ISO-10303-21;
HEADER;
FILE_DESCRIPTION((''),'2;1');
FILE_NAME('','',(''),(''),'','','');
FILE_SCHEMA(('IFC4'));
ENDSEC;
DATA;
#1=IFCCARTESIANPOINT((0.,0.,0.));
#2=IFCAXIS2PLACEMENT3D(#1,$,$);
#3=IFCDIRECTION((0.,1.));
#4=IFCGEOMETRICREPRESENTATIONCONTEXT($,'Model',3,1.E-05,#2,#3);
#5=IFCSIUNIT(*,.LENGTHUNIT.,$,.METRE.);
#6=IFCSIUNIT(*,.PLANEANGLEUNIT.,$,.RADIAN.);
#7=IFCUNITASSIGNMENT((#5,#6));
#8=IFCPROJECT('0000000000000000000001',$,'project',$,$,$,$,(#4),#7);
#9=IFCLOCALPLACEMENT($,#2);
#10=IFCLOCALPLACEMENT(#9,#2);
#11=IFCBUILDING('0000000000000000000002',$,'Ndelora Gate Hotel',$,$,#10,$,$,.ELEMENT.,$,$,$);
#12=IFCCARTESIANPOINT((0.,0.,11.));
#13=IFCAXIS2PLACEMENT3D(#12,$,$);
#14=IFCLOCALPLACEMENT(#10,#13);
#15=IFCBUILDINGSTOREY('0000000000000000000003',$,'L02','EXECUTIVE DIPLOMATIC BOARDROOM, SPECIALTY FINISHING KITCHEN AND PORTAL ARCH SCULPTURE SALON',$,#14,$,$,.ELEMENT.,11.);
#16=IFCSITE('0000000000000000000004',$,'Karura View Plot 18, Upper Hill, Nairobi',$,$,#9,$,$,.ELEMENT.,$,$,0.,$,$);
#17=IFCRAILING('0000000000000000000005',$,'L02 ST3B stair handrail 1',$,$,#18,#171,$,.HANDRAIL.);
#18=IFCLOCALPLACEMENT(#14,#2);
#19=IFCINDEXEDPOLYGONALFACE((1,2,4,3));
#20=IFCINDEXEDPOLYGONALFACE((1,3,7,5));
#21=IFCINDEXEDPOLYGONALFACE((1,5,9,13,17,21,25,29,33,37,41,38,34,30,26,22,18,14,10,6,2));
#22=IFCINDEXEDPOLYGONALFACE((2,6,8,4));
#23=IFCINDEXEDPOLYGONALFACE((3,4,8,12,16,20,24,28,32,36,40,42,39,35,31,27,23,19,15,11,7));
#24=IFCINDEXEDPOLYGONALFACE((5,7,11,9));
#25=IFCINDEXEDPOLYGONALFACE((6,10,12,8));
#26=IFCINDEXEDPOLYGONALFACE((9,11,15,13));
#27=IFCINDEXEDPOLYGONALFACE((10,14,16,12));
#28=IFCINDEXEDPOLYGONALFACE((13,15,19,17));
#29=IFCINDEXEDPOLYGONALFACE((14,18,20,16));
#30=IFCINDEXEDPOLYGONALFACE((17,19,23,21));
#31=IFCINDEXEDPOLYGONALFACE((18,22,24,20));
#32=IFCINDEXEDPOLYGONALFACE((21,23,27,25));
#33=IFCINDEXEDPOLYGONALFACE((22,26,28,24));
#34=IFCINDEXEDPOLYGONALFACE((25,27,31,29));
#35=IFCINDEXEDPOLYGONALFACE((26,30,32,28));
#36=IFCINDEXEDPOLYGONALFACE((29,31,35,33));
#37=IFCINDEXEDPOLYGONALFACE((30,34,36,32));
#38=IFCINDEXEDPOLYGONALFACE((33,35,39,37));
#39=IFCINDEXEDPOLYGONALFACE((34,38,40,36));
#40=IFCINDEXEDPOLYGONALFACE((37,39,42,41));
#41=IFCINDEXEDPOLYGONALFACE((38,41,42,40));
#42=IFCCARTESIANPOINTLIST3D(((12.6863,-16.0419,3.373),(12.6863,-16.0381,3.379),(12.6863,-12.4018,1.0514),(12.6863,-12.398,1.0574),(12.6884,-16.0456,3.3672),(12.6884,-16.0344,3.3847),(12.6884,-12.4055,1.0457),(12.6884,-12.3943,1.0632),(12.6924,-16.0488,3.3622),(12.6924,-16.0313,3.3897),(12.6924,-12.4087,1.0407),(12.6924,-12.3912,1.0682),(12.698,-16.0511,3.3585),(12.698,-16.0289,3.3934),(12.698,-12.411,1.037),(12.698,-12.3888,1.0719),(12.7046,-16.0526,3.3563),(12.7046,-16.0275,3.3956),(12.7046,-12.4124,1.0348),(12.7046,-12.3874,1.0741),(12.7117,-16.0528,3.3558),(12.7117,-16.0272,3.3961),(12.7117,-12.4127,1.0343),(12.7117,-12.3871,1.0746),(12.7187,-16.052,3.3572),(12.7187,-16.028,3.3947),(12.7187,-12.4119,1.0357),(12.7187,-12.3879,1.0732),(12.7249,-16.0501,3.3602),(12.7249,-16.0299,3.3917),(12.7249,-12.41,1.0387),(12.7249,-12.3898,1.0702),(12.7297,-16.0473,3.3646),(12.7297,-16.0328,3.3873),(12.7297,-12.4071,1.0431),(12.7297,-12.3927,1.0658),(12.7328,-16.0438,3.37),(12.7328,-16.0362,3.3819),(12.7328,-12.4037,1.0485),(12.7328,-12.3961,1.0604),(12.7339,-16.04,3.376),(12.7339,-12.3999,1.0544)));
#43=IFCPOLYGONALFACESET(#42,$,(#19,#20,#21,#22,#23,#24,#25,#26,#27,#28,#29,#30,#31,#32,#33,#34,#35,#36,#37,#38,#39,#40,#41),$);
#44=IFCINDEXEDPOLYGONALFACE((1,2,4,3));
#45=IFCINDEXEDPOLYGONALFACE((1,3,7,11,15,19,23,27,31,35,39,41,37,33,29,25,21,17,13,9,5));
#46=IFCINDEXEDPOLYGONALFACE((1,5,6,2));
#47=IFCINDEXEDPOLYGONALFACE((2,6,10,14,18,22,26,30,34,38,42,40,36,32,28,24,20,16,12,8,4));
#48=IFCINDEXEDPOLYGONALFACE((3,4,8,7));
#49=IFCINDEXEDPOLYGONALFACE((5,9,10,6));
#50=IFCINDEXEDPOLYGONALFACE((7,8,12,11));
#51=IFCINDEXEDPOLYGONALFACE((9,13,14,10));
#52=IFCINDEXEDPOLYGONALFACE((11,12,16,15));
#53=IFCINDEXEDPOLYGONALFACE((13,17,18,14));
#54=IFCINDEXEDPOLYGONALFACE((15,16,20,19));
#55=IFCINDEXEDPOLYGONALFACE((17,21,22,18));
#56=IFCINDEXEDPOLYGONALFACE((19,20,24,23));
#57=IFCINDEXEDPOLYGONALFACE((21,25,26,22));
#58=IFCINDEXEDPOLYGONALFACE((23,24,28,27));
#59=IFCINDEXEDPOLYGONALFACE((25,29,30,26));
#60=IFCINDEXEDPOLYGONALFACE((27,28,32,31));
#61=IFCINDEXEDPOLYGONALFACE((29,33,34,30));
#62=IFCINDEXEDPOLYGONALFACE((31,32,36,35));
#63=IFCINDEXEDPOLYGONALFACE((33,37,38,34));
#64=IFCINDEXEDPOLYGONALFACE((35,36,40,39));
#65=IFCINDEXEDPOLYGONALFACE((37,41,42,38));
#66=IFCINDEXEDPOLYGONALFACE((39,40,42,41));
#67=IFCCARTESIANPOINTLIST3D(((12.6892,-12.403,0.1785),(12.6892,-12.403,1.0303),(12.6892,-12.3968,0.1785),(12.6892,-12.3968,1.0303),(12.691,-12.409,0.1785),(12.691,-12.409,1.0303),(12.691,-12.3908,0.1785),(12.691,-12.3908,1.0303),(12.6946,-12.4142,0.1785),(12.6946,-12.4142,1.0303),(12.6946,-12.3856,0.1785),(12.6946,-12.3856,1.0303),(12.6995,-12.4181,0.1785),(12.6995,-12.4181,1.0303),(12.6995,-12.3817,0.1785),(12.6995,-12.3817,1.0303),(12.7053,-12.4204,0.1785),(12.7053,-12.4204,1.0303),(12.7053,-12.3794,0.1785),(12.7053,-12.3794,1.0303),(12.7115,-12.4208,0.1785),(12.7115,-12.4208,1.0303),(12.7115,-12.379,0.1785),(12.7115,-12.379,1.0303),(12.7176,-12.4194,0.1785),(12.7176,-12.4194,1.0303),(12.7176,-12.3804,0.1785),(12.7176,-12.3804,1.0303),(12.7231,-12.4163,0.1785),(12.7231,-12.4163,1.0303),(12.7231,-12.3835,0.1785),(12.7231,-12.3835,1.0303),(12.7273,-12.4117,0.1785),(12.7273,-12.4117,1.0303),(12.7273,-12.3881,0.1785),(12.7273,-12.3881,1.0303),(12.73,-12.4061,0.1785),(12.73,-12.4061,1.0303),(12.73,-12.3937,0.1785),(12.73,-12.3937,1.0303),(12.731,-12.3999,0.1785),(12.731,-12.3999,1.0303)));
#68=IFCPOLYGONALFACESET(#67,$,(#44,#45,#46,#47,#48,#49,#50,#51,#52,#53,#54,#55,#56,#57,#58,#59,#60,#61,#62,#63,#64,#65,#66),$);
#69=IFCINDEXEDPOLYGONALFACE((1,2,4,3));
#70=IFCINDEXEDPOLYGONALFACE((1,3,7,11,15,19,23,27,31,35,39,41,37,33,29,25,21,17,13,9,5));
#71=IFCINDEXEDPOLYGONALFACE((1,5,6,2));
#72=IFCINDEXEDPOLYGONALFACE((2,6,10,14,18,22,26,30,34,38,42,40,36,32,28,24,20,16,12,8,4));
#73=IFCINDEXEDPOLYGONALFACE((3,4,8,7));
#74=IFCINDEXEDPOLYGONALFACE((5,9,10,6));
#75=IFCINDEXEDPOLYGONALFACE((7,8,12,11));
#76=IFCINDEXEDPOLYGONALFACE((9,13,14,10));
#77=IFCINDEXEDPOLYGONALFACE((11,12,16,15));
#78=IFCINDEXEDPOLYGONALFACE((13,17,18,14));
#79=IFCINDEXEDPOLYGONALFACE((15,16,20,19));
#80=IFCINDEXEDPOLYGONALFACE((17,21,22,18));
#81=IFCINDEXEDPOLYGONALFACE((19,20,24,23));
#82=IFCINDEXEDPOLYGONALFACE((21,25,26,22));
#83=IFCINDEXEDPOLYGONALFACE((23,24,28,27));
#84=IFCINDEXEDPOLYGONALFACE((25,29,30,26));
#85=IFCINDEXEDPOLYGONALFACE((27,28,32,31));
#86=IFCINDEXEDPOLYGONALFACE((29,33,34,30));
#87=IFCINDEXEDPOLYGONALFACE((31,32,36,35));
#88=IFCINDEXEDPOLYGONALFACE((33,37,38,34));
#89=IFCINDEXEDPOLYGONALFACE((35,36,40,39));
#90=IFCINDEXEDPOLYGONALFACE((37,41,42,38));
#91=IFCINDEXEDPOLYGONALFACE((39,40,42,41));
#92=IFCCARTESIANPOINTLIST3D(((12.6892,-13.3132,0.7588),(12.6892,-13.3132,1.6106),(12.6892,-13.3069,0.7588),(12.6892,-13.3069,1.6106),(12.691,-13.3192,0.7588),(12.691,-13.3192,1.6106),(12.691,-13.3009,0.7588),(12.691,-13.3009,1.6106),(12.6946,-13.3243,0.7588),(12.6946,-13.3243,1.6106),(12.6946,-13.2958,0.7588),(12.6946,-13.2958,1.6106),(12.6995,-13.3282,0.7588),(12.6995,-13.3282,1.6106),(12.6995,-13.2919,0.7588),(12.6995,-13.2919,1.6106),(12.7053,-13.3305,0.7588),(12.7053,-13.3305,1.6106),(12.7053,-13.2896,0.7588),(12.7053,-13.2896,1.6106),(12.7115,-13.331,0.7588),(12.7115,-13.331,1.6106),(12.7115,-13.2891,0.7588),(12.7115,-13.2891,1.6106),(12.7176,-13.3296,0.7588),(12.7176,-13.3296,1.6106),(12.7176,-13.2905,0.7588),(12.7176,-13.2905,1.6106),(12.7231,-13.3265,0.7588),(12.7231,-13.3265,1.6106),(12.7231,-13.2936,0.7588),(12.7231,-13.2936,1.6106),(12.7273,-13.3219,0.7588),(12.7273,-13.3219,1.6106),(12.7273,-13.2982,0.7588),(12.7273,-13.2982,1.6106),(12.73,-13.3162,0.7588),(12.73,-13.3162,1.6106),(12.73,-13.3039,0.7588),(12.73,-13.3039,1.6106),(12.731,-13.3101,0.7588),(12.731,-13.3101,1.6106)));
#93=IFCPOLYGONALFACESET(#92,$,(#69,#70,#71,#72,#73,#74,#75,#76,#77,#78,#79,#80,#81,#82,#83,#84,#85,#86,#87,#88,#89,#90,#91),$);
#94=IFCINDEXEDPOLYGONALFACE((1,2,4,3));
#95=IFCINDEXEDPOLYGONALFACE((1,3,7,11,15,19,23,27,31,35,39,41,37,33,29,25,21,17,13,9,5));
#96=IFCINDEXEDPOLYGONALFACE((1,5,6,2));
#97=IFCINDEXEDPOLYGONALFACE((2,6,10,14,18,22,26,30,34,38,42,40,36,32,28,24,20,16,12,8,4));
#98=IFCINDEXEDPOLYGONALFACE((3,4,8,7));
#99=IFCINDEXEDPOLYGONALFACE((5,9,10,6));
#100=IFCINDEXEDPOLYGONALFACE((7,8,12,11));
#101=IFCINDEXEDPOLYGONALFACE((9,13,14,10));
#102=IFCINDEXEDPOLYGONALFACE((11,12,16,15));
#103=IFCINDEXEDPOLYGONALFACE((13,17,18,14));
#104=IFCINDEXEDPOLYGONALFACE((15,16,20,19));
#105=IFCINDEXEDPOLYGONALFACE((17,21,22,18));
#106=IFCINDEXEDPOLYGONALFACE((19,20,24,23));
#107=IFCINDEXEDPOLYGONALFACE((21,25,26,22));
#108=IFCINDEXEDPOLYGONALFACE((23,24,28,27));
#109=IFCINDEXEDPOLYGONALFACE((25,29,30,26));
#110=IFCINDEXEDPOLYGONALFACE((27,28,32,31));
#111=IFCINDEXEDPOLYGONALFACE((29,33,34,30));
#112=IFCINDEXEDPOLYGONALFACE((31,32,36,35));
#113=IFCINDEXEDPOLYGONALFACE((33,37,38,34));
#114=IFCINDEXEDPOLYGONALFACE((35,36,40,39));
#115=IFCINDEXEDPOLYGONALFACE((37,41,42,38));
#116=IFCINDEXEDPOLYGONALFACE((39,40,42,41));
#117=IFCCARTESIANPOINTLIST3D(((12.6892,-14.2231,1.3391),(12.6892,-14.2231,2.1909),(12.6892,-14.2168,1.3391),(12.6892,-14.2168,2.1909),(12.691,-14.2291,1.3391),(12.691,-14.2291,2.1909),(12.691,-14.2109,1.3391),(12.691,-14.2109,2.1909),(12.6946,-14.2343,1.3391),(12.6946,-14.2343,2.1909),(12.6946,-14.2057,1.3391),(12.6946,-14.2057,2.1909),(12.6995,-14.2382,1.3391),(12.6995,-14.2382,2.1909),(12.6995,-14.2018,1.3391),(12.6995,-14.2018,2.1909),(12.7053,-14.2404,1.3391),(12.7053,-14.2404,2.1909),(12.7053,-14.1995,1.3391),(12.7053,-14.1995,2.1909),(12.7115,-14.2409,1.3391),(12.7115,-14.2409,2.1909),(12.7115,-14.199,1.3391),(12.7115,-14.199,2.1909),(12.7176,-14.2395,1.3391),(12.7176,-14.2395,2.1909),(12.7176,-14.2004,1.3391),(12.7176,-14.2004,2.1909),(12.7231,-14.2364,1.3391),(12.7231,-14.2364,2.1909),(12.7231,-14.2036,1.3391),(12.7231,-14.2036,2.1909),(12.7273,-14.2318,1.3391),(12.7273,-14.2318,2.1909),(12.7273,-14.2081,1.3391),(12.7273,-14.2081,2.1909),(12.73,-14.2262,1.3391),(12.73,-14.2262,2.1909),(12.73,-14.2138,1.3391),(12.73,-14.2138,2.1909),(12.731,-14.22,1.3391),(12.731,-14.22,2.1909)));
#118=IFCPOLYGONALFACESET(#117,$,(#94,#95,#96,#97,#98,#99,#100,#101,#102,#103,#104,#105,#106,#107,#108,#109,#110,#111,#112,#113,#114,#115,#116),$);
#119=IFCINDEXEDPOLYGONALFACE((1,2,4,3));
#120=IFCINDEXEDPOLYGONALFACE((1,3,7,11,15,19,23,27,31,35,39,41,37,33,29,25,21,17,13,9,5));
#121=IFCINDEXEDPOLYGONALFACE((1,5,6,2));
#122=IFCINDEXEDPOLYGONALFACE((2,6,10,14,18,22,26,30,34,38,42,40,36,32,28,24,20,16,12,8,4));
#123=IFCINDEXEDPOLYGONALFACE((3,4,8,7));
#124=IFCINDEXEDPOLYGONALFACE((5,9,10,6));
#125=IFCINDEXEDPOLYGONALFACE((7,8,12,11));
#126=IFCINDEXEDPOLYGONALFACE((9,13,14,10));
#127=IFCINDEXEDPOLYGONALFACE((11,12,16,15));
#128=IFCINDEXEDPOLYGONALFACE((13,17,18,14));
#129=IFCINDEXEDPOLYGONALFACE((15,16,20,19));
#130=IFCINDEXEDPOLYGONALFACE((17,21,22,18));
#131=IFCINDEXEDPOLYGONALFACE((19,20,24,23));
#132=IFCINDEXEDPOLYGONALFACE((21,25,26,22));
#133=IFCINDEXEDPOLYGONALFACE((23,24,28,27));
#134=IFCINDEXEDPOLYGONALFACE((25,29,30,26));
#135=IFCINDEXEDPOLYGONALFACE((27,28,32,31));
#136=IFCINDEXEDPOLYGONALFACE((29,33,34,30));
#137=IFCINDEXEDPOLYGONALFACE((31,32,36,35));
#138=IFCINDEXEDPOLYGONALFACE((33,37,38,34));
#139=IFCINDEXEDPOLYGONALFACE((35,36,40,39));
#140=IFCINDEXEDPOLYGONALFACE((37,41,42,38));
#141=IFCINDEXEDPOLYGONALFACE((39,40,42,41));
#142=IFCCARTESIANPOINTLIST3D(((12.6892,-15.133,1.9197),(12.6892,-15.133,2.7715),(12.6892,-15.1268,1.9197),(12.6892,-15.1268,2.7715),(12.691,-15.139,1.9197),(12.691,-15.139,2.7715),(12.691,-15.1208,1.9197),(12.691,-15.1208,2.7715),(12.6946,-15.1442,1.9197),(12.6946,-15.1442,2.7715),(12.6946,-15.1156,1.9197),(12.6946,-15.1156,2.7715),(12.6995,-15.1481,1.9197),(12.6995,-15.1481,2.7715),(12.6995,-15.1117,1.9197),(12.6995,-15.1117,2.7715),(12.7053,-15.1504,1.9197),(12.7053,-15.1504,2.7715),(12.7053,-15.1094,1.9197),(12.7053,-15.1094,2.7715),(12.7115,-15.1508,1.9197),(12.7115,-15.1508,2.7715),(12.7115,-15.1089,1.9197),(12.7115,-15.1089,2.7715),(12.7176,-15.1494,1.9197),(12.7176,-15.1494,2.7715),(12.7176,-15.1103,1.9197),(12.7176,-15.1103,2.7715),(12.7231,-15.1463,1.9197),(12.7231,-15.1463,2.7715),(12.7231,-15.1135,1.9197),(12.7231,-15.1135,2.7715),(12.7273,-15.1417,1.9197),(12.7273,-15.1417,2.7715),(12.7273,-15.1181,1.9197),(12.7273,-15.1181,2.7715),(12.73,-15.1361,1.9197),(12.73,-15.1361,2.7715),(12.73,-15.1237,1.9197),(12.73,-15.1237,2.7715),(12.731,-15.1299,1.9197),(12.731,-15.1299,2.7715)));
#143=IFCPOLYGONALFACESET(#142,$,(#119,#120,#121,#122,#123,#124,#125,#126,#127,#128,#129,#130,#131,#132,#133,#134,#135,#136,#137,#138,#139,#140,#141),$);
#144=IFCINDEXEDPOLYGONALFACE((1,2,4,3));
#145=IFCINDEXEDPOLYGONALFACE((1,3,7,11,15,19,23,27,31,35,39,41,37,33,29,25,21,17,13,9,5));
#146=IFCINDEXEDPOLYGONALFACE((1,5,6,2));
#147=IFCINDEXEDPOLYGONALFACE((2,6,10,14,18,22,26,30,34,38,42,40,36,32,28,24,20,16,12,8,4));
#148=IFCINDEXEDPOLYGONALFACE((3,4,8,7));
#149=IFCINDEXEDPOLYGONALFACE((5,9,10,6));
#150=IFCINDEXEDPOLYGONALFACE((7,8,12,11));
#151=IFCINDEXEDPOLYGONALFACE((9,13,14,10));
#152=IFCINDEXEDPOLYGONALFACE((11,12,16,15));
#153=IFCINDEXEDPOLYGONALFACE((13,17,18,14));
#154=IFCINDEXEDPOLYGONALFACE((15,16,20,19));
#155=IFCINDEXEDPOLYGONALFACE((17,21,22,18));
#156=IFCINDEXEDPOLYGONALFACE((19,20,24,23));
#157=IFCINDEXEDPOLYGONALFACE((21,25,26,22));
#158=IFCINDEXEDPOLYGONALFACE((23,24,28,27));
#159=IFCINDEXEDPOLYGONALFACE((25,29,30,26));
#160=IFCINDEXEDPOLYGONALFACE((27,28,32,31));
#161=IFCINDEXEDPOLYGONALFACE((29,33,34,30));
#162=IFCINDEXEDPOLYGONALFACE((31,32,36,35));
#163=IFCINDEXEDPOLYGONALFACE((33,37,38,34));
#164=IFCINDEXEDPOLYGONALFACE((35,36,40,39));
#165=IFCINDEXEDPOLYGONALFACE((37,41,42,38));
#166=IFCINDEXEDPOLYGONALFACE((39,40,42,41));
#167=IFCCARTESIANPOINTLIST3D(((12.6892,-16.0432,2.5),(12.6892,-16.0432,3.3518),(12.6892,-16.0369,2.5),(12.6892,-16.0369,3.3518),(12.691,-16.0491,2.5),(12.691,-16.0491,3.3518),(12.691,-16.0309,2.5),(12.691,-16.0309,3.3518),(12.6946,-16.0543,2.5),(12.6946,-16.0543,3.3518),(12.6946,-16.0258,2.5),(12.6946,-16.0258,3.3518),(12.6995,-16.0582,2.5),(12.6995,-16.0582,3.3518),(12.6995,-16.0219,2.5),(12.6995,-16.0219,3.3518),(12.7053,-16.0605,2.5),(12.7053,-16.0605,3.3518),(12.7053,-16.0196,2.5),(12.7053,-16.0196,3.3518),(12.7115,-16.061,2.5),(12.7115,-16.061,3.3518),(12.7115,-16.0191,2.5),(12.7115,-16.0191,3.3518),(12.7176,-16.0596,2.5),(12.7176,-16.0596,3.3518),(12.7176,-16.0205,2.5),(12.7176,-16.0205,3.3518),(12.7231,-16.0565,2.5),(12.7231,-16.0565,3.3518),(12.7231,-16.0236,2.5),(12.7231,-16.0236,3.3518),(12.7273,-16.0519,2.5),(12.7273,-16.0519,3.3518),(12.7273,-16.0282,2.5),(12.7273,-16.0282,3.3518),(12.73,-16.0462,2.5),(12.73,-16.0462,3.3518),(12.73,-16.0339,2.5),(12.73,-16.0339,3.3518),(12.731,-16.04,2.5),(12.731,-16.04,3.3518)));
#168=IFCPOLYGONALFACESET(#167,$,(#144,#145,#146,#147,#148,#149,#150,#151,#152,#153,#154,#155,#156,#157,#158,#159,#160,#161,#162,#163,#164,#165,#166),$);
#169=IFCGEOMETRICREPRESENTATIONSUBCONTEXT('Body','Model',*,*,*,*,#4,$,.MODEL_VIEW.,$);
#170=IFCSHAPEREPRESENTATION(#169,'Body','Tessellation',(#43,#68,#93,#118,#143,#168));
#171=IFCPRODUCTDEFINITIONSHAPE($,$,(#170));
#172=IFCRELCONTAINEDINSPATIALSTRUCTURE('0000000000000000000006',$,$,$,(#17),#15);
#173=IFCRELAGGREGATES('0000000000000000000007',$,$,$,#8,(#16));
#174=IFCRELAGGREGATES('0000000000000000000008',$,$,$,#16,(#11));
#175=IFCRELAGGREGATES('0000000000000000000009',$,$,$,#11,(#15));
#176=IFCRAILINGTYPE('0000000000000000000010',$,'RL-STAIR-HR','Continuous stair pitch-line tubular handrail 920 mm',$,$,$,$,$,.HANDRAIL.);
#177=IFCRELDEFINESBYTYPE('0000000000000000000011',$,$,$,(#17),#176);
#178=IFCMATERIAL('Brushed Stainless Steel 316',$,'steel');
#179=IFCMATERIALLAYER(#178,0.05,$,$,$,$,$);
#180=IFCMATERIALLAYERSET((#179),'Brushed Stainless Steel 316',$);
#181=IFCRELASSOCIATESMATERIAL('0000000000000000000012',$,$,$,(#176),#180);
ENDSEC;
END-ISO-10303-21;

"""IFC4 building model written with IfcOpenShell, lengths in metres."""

from ifc_helpers import new_model, si_unit, direction, frame, origin, origin_2d, place, context, subcontext, project, spatial, circle, extrude, material, layer, layer_set, type_object, element, save


model = new_model("IFC4")

# Units and contexts
model_context = context("Model", 3, precision=1e-05, world=origin(), true_north=direction((0.0, 1.0)))
body_context = subcontext(model_context, "Body", "Model", "MODEL_VIEW")
ifc_project = project(units=[si_unit("LENGTHUNIT", "METRE"), si_unit("PLANEANGLEUNIT", "RADIAN")], contexts=[model_context])

# Site, building, storey
site_placement = place(None, origin())
site = spatial("IfcSite", under=ifc_project, at=site_placement, Name="Karura View Plot 18, Upper Hill, Nairobi", CompositionType="ELEMENT", RefElevation=0.0)
building_placement = place(site_placement, origin())
building = spatial("IfcBuilding", under=site, at=building_placement, Name="Ndelora Gate Hotel", CompositionType="ELEMENT")
storey_placement = place(building_placement, frame((0.0, 0.0, 11.0)))
storey = spatial("IfcBuildingStorey", under=building, at=storey_placement, Name="L02", Description="EXECUTIVE DIPLOMATIC BOARDROOM, SPECIALTY FINISHING KITCHEN AND PORTAL ARCH SCULPTURE SALON", CompositionType="ELEMENT", Elevation=11.0)

# Railing
ifc_material_1 = material(Name="Brushed Stainless Steel 316", Category="steel")
ifc_layer_1 = layer(ifc_material_1, 0.05)
ifc_layer_set_1 = layer_set([ifc_layer_1], Name="Brushed Stainless Steel 316")
railing_type_1 = type_object("IfcRailingType", Name="RL-STAIR-HR", Description="Continuous stair pitch-line tubular handrail 920 mm", PredefinedType="HANDRAIL", material=ifc_layer_set_1)
railing_1_placement = place(storey_placement, frame((12.71, -12.3999, 0.1785)))
element("IfcRailing", 1, at=railing_1_placement, inside=storey, type_object=railing_type_1, Name="L02 ST3B stair handrail 1", PredefinedType="HANDRAIL", context=body_context, shape_type="SweptSolid", body=[
    extrude(circle(Radius=0.0239, at=origin_2d()), frame((0.0, 0.0, 0.876), z_axis=(0.0, -0.843128, 0.537713), x_axis=(1.0, 0.0, 0.0)), (0.0, 0.0, 1.0), 4.3174),
    extrude(circle(Radius=0.021, at=origin_2d()), origin(), (0.0, 0.0, 1.0), 0.8518),
    extrude(circle(Radius=0.021, at=origin_2d()), frame((0.0, -0.9102, 0.5803)), (0.0, 0.0, 1.0), 0.8518),
    extrude(circle(Radius=0.021, at=origin_2d()), frame((0.0, -1.8201, 1.1606)), (0.0, 0.0, 1.0), 0.8518),
    extrude(circle(Radius=0.021, at=origin_2d()), frame((0.0, -2.73, 1.7412)), (0.0, 0.0, 1.0), 0.8518),
    extrude(circle(Radius=0.021, at=origin_2d()), frame((0.0, -3.6401, 2.3215)), (0.0, 0.0, 1.0), 0.8518),
])

save(model, "model.ifc")
